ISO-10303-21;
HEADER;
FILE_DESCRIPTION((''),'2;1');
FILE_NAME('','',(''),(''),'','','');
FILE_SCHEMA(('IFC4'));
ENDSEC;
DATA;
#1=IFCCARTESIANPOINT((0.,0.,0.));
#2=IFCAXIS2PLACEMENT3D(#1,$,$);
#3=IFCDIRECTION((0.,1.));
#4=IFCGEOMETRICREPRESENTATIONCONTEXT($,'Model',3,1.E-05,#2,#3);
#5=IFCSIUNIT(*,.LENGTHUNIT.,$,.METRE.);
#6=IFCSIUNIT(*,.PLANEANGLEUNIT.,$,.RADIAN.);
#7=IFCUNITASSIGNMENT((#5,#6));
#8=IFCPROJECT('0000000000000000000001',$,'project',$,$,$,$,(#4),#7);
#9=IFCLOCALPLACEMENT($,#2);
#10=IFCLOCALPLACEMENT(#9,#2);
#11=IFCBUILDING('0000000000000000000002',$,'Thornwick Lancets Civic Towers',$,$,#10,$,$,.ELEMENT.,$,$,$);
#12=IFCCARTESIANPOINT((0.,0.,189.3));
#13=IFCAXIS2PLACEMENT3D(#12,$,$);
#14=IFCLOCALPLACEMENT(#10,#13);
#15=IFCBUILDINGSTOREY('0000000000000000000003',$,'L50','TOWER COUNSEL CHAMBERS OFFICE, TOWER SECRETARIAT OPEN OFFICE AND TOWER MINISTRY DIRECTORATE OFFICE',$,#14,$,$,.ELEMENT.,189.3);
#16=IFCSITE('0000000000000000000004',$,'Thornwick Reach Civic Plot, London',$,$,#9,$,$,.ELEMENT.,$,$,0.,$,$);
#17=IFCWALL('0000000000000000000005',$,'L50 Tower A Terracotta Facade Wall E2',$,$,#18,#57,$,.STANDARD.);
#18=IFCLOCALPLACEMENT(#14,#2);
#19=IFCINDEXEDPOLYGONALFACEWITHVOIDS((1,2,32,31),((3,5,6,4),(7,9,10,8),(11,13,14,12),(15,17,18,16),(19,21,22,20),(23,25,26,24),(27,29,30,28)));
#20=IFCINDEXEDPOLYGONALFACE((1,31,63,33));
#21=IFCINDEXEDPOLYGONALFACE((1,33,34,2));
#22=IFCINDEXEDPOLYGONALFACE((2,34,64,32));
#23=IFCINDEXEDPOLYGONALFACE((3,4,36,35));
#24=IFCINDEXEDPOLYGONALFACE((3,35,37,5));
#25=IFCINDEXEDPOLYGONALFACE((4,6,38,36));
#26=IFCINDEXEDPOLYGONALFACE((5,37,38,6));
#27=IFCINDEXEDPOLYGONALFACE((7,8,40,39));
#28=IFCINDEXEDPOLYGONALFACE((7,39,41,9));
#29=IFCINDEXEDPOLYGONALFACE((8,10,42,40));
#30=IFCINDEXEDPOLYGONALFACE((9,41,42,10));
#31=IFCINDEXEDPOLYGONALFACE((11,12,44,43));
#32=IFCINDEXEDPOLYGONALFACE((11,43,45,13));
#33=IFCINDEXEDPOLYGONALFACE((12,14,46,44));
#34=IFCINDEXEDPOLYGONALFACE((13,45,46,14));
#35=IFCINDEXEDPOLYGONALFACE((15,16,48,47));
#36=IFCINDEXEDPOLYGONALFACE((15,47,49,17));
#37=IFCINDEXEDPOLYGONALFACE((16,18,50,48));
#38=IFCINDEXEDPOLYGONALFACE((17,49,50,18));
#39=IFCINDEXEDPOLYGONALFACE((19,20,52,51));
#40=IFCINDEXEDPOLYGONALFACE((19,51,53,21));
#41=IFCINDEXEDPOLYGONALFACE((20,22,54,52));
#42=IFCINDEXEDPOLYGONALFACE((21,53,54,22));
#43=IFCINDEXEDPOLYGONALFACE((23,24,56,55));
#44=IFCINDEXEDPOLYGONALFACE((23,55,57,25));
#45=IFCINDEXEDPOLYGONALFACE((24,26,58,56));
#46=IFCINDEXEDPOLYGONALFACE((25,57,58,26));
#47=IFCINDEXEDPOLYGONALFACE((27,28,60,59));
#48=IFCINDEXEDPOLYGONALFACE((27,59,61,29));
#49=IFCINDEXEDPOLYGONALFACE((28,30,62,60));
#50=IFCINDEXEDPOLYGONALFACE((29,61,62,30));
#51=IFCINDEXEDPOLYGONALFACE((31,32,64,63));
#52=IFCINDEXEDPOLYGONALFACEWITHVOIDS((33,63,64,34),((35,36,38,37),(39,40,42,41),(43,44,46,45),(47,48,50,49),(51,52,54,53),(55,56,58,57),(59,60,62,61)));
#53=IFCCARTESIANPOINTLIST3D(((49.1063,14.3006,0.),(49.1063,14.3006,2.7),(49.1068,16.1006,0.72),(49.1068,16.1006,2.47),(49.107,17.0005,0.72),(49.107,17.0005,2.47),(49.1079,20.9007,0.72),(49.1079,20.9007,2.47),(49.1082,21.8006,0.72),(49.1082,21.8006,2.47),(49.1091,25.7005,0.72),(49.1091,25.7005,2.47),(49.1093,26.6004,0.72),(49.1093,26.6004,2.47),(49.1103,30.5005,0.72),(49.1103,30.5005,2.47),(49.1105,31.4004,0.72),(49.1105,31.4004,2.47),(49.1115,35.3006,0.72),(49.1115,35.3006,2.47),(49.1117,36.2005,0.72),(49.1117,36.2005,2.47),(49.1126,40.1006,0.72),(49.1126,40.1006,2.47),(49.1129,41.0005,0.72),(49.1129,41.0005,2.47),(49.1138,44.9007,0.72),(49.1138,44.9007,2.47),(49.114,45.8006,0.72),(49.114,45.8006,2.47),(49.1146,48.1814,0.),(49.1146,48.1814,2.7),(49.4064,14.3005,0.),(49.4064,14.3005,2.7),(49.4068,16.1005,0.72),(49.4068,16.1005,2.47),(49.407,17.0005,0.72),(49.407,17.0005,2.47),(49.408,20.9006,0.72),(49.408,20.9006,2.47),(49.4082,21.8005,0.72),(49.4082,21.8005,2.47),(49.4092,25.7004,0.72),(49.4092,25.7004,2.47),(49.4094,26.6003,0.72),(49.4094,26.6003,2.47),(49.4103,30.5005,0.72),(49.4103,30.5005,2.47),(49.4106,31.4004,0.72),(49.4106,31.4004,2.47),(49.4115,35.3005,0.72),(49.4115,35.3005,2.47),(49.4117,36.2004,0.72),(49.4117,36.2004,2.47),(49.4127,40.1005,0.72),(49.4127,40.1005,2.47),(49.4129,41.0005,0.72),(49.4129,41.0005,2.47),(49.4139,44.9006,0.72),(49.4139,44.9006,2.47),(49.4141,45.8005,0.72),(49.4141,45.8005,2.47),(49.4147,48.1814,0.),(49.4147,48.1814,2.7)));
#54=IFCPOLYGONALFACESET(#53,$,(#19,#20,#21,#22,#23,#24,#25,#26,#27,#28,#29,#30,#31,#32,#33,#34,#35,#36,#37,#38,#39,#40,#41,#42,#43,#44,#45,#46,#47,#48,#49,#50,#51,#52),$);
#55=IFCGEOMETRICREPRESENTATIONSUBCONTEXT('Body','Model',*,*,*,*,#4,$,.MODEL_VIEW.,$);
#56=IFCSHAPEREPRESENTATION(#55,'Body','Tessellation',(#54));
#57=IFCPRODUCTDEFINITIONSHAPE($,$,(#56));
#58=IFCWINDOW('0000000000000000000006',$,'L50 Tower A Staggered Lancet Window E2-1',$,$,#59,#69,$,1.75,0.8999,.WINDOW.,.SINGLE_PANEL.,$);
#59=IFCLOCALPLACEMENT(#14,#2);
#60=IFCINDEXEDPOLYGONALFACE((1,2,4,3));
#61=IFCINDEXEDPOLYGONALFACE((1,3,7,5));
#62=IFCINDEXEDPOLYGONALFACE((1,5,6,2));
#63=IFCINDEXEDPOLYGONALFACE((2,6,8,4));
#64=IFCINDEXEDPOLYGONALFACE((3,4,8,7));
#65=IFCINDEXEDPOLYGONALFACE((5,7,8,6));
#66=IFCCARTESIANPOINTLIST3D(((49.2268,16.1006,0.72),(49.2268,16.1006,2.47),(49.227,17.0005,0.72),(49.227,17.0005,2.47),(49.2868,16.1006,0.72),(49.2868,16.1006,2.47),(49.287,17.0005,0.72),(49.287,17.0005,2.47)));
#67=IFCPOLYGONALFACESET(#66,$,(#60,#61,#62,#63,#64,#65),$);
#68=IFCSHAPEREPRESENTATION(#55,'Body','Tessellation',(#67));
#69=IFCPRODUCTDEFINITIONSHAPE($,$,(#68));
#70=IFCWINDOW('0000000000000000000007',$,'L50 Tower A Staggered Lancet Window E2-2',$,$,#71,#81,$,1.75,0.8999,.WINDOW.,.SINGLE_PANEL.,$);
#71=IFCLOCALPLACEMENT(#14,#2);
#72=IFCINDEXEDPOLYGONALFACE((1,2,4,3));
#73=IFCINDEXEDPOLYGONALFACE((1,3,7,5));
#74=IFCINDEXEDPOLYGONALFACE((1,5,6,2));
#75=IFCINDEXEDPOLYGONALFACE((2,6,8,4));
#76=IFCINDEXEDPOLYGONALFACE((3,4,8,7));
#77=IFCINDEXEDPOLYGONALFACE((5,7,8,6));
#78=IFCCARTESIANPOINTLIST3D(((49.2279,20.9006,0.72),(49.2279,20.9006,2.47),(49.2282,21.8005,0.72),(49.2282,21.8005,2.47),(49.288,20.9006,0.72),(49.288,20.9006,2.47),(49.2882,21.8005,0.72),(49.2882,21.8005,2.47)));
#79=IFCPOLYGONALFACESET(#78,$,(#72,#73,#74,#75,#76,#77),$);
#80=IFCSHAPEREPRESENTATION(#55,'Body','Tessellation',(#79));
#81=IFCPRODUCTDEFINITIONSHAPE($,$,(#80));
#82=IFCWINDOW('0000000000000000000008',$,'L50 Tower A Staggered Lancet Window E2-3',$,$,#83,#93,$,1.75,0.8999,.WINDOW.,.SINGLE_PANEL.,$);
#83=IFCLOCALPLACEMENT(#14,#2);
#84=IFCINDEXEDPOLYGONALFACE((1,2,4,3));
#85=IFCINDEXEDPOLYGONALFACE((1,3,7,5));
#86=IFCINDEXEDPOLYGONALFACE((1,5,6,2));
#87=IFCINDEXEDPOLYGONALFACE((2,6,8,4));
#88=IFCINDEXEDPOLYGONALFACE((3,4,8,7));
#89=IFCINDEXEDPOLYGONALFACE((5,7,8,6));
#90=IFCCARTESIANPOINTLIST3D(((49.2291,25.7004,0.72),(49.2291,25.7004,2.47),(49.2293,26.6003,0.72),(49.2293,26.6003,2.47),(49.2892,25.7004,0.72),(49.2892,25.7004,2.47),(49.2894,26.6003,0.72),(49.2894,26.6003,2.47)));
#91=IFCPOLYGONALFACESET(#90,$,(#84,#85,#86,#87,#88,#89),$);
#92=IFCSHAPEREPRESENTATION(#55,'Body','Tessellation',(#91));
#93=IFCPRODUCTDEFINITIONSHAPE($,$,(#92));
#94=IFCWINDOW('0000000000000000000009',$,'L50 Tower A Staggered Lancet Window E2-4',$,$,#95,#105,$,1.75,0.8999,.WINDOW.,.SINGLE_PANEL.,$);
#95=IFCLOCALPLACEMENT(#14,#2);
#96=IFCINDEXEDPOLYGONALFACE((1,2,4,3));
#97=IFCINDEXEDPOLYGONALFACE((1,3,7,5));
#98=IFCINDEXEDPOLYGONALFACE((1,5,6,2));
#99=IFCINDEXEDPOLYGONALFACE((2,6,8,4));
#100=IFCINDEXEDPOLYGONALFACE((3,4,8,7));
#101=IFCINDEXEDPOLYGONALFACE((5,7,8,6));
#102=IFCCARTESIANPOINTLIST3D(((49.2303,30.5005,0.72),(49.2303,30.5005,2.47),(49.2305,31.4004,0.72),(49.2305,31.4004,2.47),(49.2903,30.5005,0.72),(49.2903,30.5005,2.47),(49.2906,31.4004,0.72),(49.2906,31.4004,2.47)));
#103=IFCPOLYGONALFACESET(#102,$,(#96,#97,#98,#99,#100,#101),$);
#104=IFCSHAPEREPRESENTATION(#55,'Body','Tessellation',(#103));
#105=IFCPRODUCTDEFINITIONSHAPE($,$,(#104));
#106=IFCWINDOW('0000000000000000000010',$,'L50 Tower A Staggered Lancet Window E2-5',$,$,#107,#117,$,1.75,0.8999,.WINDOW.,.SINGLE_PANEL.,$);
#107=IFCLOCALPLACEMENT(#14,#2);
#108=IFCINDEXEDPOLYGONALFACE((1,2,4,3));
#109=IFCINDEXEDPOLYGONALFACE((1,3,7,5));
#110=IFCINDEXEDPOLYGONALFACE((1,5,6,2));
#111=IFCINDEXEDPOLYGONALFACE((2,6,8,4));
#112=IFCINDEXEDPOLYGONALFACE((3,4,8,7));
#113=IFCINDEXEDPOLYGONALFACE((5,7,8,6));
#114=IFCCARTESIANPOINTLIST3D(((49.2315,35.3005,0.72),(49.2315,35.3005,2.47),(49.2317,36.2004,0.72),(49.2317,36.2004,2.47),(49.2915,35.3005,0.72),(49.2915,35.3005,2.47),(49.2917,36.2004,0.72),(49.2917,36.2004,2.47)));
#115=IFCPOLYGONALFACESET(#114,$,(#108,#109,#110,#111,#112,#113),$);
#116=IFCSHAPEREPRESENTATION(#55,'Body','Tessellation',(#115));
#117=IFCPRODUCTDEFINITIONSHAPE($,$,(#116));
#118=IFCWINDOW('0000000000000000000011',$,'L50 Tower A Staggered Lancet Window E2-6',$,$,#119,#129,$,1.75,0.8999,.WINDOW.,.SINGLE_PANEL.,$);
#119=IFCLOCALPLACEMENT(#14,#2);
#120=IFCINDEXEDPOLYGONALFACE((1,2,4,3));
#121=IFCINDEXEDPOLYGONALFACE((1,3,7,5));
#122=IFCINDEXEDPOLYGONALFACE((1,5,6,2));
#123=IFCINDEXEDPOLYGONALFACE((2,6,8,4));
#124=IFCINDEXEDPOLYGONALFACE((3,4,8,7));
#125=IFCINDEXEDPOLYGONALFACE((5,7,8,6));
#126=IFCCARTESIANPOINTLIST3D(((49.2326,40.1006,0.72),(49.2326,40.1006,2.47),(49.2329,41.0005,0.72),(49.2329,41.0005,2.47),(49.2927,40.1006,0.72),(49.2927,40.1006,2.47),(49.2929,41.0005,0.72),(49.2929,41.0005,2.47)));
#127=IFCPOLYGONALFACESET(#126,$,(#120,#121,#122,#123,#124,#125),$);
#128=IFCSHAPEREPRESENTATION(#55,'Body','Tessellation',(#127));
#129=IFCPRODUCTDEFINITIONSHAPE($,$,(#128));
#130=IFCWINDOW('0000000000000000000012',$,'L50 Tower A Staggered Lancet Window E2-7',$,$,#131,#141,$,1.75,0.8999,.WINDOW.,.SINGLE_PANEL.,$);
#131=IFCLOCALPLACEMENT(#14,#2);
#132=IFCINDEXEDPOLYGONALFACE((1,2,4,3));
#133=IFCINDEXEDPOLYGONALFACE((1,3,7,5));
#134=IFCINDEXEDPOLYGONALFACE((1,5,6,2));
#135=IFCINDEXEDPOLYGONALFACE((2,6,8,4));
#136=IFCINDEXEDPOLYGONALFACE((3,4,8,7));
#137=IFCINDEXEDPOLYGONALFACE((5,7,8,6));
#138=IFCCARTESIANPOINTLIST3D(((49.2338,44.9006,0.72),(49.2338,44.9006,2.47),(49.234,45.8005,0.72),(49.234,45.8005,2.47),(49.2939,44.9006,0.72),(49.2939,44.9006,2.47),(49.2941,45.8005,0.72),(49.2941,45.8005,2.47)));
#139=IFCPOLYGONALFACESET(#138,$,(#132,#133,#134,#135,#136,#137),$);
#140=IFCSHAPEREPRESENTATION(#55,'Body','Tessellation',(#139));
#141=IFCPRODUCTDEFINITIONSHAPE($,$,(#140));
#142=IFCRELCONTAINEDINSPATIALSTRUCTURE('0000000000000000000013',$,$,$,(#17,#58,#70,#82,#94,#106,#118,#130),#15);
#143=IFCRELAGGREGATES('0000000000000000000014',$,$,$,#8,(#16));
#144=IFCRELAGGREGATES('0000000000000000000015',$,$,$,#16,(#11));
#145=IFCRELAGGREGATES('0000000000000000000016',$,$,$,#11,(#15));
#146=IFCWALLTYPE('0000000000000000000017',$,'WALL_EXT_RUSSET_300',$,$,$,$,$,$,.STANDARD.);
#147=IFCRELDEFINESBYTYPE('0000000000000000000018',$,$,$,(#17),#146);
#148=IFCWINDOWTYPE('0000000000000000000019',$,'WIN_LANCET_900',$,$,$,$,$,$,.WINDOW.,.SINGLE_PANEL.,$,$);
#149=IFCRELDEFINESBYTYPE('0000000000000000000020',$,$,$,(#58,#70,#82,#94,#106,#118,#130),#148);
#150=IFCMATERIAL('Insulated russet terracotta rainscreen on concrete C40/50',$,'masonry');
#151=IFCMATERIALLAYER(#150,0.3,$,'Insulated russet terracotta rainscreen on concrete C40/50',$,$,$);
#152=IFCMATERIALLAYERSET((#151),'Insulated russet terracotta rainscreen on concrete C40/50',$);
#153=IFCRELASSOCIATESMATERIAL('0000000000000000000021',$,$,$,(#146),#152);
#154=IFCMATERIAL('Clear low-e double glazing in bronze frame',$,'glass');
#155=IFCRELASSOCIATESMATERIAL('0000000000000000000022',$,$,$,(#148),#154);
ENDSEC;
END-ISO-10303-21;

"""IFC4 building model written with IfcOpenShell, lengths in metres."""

from ifc_helpers import new_model, si_unit, direction, frame, frame_2d, origin, place, context, subcontext, project, spatial, rectangle, extrude, material, layer, layer_set, type_object, element, fill, save


model = new_model("IFC4")

# Units and contexts
model_context = context("Model", 3, precision=1e-05, world=origin(), true_north=direction((0.0, 1.0)))
body_context = subcontext(model_context, "Body", "Model", "MODEL_VIEW")
ifc_project = project(units=[si_unit("LENGTHUNIT", "METRE"), si_unit("PLANEANGLEUNIT", "RADIAN")], contexts=[model_context])

# Site, building, storey
site_placement = place(None, origin())
site = spatial("IfcSite", under=ifc_project, at=site_placement, Name="Thornwick Reach Civic Plot, London", CompositionType="ELEMENT", RefElevation=0.0)
building_placement = place(site_placement, origin())
building = spatial("IfcBuilding", under=site, at=building_placement, Name="Thornwick Lancets Civic Towers", CompositionType="ELEMENT")
storey_placement = place(building_placement, frame((0.0, 0.0, 189.3)))
storey = spatial("IfcBuildingStorey", under=building, at=storey_placement, Name="L50", Description="TOWER COUNSEL CHAMBERS OFFICE, TOWER SECRETARIAT OPEN OFFICE AND TOWER MINISTRY DIRECTORATE OFFICE", CompositionType="ELEMENT", Elevation=189.3)

# Wall, openings, windows
ifc_material_1 = material(Name="Insulated russet terracotta rainscreen on concrete C40/50", Category="masonry")
ifc_layer_1 = layer(ifc_material_1, 0.3, Name="Insulated russet terracotta rainscreen on concrete C40/50")
ifc_layer_set_1 = layer_set([ifc_layer_1], Name="Insulated russet terracotta rainscreen on concrete C40/50")
wall_type_1 = type_object("IfcWallType", Name="WALL_EXT_RUSSET_300", PredefinedType="STANDARD", material=ifc_layer_set_1)
wall_1_placement = place(storey_placement, frame((49.2563, 14.3005, 0.0), z_axis=(0.0, 0.0, 1.0), x_axis=(0.000245, 1.0, 0.0)))
wall_1 = element("IfcWall", 1, at=wall_1_placement, inside=storey, type_object=wall_type_1, Name="L50 Tower A Terracotta Facade Wall E2", PredefinedType="STANDARD", context=body_context, shape_type="SweptSolid", body=[
    extrude(rectangle(XDim=33.8809, YDim=0.3, at=frame_2d((16.9404, 0.0))), origin(), (0.0, 0.0, 1.0), 2.7),
])
opening_1_placement = place(wall_1_placement, frame((1.8, 0.0, 0.72)))
opening_1 = element("IfcOpeningElement", 2, at=opening_1_placement, cuts=wall_1, PredefinedType="OPENING", context=body_context, shape_type="SweptSolid", body=[
    extrude(rectangle(XDim=0.8999, YDim=1.75, at=frame_2d((0.45, 0.875))), frame((0.0, 0.1602, 0.0), z_axis=(0.0, -1.0, 0.0), x_axis=(1.0, 0.0, 0.0)), (0.0, 0.0, 1.0), 0.3201),
])
opening_2_placement = place(wall_1_placement, frame((6.6001, 0.0, 0.72)))
opening_2 = element("IfcOpeningElement", 3, at=opening_2_placement, cuts=wall_1, PredefinedType="OPENING", context=body_context, shape_type="SweptSolid", body=[
    extrude(rectangle(XDim=0.8999, YDim=1.75, at=frame_2d((0.45, 0.875))), frame((0.0, 0.1602, 0.0), z_axis=(0.0, -1.0, 0.0), x_axis=(1.0, 0.0, 0.0)), (0.0, 0.0, 1.0), 0.3201),
])
opening_3_placement = place(wall_1_placement, frame((11.3999, 0.0, 0.72)))
opening_3 = element("IfcOpeningElement", 4, at=opening_3_placement, cuts=wall_1, PredefinedType="OPENING", context=body_context, shape_type="SweptSolid", body=[
    extrude(rectangle(XDim=0.8999, YDim=1.75, at=frame_2d((0.45, 0.875))), frame((0.0, 0.1602, 0.0), z_axis=(0.0, -1.0, 0.0), x_axis=(1.0, 0.0, 0.0)), (0.0, 0.0, 1.0), 0.3201),
])
opening_4_placement = place(wall_1_placement, frame((16.2, 0.0, 0.72)))
opening_4 = element("IfcOpeningElement", 5, at=opening_4_placement, cuts=wall_1, PredefinedType="OPENING", context=body_context, shape_type="SweptSolid", body=[
    extrude(rectangle(XDim=0.8999, YDim=1.75, at=frame_2d((0.45, 0.875))), frame((0.0, 0.1602, 0.0), z_axis=(0.0, -1.0, 0.0), x_axis=(1.0, 0.0, 0.0)), (0.0, 0.0, 1.0), 0.3201),
])
opening_5_placement = place(wall_1_placement, frame((21.0, 0.0, 0.72)))
opening_5 = element("IfcOpeningElement", 6, at=opening_5_placement, cuts=wall_1, PredefinedType="OPENING", context=body_context, shape_type="SweptSolid", body=[
    extrude(rectangle(XDim=0.8999, YDim=1.75, at=frame_2d((0.45, 0.875))), frame((0.0, 0.1602, 0.0), z_axis=(0.0, -1.0, 0.0), x_axis=(1.0, 0.0, 0.0)), (0.0, 0.0, 1.0), 0.3201),
])
opening_6_placement = place(wall_1_placement, frame((25.8, 0.0, 0.72)))
opening_6 = element("IfcOpeningElement", 7, at=opening_6_placement, cuts=wall_1, PredefinedType="OPENING", context=body_context, shape_type="SweptSolid", body=[
    extrude(rectangle(XDim=0.8999, YDim=1.75, at=frame_2d((0.45, 0.875))), frame((0.0, 0.1602, 0.0), z_axis=(0.0, -1.0, 0.0), x_axis=(1.0, 0.0, 0.0)), (0.0, 0.0, 1.0), 0.3201),
])
opening_7_placement = place(wall_1_placement, frame((30.6001, 0.0, 0.72)))
opening_7 = element("IfcOpeningElement", 8, at=opening_7_placement, cuts=wall_1, PredefinedType="OPENING", context=body_context, shape_type="SweptSolid", body=[
    extrude(rectangle(XDim=0.8999, YDim=1.75, at=frame_2d((0.45, 0.875))), frame((0.0, 0.1602, 0.0), z_axis=(0.0, -1.0, 0.0), x_axis=(1.0, 0.0, 0.0)), (0.0, 0.0, 1.0), 0.3201),
])
ifc_material_2 = material(Name="Clear low-e double glazing in bronze frame", Category="glass")
window_type = type_object("IfcWindowType", Name="WIN_LANCET_900", PartitioningType="SINGLE_PANEL", PredefinedType="WINDOW", material=ifc_material_2)
window_1_placement = place(opening_1_placement, origin())
window_1 = element("IfcWindow", 9, at=window_1_placement, inside=storey, type_object=window_type, Name="L50 Tower A Staggered Lancet Window E2-1", OverallHeight=1.75, OverallWidth=0.8999, PartitioningType="SINGLE_PANEL", PredefinedType="WINDOW", context=body_context, shape_type="SweptSolid", body=[
    extrude(rectangle(XDim=0.8999, YDim=1.75, at=frame_2d((0.45, 0.875))), frame((0.0, 0.03, 0.0), z_axis=(0.0, -1.0, 0.0), x_axis=(1.0, 0.0, 0.0)), (0.0, 0.0, 1.0), 0.0601),
])
fill(opening_1, window_1)
window_2_placement = place(opening_2_placement, origin())
window_2 = element("IfcWindow", 10, at=window_2_placement, inside=storey, type_object=window_type, Name="L50 Tower A Staggered Lancet Window E2-2", OverallHeight=1.75, OverallWidth=0.8999, PartitioningType="SINGLE_PANEL", PredefinedType="WINDOW", context=body_context, shape_type="SweptSolid", body=[
    extrude(rectangle(XDim=0.8999, YDim=1.75, at=frame_2d((0.45, 0.875))), frame((0.0, 0.03, 0.0), z_axis=(0.0, -1.0, 0.0), x_axis=(1.0, 0.0, 0.0)), (0.0, 0.0, 1.0), 0.0601),
])
fill(opening_2, window_2)
window_3_placement = place(opening_3_placement, origin())
window_3 = element("IfcWindow", 11, at=window_3_placement, inside=storey, type_object=window_type, Name="L50 Tower A Staggered Lancet Window E2-3", OverallHeight=1.75, OverallWidth=0.8999, PartitioningType="SINGLE_PANEL", PredefinedType="WINDOW", context=body_context, shape_type="SweptSolid", body=[
    extrude(rectangle(XDim=0.8999, YDim=1.75, at=frame_2d((0.45, 0.875))), frame((0.0, 0.03, 0.0), z_axis=(0.0, -1.0, 0.0), x_axis=(1.0, 0.0, 0.0)), (0.0, 0.0, 1.0), 0.0601),
])
fill(opening_3, window_3)
window_4_placement = place(opening_4_placement, origin())
window_4 = element("IfcWindow", 12, at=window_4_placement, inside=storey, type_object=window_type, Name="L50 Tower A Staggered Lancet Window E2-4", OverallHeight=1.75, OverallWidth=0.8999, PartitioningType="SINGLE_PANEL", PredefinedType="WINDOW", context=body_context, shape_type="SweptSolid", body=[
    extrude(rectangle(XDim=0.8999, YDim=1.75, at=frame_2d((0.45, 0.875))), frame((0.0, 0.03, 0.0), z_axis=(0.0, -1.0, 0.0), x_axis=(1.0, 0.0, 0.0)), (0.0, 0.0, 1.0), 0.0601),
])
fill(opening_4, window_4)
window_5_placement = place(opening_5_placement, origin())
window_5 = element("IfcWindow", 13, at=window_5_placement, inside=storey, type_object=window_type, Name="L50 Tower A Staggered Lancet Window E2-5", OverallHeight=1.75, OverallWidth=0.8999, PartitioningType="SINGLE_PANEL", PredefinedType="WINDOW", context=body_context, shape_type="SweptSolid", body=[
    extrude(rectangle(XDim=0.8999, YDim=1.75, at=frame_2d((0.45, 0.875))), frame((0.0, 0.03, 0.0), z_axis=(0.0, -1.0, 0.0), x_axis=(1.0, 0.0, 0.0)), (0.0, 0.0, 1.0), 0.0601),
])
fill(opening_5, window_5)
window_6_placement = place(opening_6_placement, origin())
window_6 = element("IfcWindow", 14, at=window_6_placement, inside=storey, type_object=window_type, Name="L50 Tower A Staggered Lancet Window E2-6", OverallHeight=1.75, OverallWidth=0.8999, PartitioningType="SINGLE_PANEL", PredefinedType="WINDOW", context=body_context, shape_type="SweptSolid", body=[
    extrude(rectangle(XDim=0.8999, YDim=1.75, at=frame_2d((0.45, 0.875))), frame((0.0, 0.03, 0.0), z_axis=(0.0, -1.0, 0.0), x_axis=(1.0, 0.0, 0.0)), (0.0, 0.0, 1.0), 0.0601),
])
fill(opening_6, window_6)
window_7_placement = place(opening_7_placement, origin())
window_7 = element("IfcWindow", 15, at=window_7_placement, inside=storey, type_object=window_type, Name="L50 Tower A Staggered Lancet Window E2-7", OverallHeight=1.75, OverallWidth=0.8999, PartitioningType="SINGLE_PANEL", PredefinedType="WINDOW", context=body_context, shape_type="SweptSolid", body=[
    extrude(rectangle(XDim=0.8999, YDim=1.75, at=frame_2d((0.45, 0.875))), frame((0.0, 0.03, 0.0), z_axis=(0.0, -1.0, 0.0), x_axis=(1.0, 0.0, 0.0)), (0.0, 0.0, 1.0), 0.0601),
])
fill(opening_7, window_7)

save(model, "model.ifc")
